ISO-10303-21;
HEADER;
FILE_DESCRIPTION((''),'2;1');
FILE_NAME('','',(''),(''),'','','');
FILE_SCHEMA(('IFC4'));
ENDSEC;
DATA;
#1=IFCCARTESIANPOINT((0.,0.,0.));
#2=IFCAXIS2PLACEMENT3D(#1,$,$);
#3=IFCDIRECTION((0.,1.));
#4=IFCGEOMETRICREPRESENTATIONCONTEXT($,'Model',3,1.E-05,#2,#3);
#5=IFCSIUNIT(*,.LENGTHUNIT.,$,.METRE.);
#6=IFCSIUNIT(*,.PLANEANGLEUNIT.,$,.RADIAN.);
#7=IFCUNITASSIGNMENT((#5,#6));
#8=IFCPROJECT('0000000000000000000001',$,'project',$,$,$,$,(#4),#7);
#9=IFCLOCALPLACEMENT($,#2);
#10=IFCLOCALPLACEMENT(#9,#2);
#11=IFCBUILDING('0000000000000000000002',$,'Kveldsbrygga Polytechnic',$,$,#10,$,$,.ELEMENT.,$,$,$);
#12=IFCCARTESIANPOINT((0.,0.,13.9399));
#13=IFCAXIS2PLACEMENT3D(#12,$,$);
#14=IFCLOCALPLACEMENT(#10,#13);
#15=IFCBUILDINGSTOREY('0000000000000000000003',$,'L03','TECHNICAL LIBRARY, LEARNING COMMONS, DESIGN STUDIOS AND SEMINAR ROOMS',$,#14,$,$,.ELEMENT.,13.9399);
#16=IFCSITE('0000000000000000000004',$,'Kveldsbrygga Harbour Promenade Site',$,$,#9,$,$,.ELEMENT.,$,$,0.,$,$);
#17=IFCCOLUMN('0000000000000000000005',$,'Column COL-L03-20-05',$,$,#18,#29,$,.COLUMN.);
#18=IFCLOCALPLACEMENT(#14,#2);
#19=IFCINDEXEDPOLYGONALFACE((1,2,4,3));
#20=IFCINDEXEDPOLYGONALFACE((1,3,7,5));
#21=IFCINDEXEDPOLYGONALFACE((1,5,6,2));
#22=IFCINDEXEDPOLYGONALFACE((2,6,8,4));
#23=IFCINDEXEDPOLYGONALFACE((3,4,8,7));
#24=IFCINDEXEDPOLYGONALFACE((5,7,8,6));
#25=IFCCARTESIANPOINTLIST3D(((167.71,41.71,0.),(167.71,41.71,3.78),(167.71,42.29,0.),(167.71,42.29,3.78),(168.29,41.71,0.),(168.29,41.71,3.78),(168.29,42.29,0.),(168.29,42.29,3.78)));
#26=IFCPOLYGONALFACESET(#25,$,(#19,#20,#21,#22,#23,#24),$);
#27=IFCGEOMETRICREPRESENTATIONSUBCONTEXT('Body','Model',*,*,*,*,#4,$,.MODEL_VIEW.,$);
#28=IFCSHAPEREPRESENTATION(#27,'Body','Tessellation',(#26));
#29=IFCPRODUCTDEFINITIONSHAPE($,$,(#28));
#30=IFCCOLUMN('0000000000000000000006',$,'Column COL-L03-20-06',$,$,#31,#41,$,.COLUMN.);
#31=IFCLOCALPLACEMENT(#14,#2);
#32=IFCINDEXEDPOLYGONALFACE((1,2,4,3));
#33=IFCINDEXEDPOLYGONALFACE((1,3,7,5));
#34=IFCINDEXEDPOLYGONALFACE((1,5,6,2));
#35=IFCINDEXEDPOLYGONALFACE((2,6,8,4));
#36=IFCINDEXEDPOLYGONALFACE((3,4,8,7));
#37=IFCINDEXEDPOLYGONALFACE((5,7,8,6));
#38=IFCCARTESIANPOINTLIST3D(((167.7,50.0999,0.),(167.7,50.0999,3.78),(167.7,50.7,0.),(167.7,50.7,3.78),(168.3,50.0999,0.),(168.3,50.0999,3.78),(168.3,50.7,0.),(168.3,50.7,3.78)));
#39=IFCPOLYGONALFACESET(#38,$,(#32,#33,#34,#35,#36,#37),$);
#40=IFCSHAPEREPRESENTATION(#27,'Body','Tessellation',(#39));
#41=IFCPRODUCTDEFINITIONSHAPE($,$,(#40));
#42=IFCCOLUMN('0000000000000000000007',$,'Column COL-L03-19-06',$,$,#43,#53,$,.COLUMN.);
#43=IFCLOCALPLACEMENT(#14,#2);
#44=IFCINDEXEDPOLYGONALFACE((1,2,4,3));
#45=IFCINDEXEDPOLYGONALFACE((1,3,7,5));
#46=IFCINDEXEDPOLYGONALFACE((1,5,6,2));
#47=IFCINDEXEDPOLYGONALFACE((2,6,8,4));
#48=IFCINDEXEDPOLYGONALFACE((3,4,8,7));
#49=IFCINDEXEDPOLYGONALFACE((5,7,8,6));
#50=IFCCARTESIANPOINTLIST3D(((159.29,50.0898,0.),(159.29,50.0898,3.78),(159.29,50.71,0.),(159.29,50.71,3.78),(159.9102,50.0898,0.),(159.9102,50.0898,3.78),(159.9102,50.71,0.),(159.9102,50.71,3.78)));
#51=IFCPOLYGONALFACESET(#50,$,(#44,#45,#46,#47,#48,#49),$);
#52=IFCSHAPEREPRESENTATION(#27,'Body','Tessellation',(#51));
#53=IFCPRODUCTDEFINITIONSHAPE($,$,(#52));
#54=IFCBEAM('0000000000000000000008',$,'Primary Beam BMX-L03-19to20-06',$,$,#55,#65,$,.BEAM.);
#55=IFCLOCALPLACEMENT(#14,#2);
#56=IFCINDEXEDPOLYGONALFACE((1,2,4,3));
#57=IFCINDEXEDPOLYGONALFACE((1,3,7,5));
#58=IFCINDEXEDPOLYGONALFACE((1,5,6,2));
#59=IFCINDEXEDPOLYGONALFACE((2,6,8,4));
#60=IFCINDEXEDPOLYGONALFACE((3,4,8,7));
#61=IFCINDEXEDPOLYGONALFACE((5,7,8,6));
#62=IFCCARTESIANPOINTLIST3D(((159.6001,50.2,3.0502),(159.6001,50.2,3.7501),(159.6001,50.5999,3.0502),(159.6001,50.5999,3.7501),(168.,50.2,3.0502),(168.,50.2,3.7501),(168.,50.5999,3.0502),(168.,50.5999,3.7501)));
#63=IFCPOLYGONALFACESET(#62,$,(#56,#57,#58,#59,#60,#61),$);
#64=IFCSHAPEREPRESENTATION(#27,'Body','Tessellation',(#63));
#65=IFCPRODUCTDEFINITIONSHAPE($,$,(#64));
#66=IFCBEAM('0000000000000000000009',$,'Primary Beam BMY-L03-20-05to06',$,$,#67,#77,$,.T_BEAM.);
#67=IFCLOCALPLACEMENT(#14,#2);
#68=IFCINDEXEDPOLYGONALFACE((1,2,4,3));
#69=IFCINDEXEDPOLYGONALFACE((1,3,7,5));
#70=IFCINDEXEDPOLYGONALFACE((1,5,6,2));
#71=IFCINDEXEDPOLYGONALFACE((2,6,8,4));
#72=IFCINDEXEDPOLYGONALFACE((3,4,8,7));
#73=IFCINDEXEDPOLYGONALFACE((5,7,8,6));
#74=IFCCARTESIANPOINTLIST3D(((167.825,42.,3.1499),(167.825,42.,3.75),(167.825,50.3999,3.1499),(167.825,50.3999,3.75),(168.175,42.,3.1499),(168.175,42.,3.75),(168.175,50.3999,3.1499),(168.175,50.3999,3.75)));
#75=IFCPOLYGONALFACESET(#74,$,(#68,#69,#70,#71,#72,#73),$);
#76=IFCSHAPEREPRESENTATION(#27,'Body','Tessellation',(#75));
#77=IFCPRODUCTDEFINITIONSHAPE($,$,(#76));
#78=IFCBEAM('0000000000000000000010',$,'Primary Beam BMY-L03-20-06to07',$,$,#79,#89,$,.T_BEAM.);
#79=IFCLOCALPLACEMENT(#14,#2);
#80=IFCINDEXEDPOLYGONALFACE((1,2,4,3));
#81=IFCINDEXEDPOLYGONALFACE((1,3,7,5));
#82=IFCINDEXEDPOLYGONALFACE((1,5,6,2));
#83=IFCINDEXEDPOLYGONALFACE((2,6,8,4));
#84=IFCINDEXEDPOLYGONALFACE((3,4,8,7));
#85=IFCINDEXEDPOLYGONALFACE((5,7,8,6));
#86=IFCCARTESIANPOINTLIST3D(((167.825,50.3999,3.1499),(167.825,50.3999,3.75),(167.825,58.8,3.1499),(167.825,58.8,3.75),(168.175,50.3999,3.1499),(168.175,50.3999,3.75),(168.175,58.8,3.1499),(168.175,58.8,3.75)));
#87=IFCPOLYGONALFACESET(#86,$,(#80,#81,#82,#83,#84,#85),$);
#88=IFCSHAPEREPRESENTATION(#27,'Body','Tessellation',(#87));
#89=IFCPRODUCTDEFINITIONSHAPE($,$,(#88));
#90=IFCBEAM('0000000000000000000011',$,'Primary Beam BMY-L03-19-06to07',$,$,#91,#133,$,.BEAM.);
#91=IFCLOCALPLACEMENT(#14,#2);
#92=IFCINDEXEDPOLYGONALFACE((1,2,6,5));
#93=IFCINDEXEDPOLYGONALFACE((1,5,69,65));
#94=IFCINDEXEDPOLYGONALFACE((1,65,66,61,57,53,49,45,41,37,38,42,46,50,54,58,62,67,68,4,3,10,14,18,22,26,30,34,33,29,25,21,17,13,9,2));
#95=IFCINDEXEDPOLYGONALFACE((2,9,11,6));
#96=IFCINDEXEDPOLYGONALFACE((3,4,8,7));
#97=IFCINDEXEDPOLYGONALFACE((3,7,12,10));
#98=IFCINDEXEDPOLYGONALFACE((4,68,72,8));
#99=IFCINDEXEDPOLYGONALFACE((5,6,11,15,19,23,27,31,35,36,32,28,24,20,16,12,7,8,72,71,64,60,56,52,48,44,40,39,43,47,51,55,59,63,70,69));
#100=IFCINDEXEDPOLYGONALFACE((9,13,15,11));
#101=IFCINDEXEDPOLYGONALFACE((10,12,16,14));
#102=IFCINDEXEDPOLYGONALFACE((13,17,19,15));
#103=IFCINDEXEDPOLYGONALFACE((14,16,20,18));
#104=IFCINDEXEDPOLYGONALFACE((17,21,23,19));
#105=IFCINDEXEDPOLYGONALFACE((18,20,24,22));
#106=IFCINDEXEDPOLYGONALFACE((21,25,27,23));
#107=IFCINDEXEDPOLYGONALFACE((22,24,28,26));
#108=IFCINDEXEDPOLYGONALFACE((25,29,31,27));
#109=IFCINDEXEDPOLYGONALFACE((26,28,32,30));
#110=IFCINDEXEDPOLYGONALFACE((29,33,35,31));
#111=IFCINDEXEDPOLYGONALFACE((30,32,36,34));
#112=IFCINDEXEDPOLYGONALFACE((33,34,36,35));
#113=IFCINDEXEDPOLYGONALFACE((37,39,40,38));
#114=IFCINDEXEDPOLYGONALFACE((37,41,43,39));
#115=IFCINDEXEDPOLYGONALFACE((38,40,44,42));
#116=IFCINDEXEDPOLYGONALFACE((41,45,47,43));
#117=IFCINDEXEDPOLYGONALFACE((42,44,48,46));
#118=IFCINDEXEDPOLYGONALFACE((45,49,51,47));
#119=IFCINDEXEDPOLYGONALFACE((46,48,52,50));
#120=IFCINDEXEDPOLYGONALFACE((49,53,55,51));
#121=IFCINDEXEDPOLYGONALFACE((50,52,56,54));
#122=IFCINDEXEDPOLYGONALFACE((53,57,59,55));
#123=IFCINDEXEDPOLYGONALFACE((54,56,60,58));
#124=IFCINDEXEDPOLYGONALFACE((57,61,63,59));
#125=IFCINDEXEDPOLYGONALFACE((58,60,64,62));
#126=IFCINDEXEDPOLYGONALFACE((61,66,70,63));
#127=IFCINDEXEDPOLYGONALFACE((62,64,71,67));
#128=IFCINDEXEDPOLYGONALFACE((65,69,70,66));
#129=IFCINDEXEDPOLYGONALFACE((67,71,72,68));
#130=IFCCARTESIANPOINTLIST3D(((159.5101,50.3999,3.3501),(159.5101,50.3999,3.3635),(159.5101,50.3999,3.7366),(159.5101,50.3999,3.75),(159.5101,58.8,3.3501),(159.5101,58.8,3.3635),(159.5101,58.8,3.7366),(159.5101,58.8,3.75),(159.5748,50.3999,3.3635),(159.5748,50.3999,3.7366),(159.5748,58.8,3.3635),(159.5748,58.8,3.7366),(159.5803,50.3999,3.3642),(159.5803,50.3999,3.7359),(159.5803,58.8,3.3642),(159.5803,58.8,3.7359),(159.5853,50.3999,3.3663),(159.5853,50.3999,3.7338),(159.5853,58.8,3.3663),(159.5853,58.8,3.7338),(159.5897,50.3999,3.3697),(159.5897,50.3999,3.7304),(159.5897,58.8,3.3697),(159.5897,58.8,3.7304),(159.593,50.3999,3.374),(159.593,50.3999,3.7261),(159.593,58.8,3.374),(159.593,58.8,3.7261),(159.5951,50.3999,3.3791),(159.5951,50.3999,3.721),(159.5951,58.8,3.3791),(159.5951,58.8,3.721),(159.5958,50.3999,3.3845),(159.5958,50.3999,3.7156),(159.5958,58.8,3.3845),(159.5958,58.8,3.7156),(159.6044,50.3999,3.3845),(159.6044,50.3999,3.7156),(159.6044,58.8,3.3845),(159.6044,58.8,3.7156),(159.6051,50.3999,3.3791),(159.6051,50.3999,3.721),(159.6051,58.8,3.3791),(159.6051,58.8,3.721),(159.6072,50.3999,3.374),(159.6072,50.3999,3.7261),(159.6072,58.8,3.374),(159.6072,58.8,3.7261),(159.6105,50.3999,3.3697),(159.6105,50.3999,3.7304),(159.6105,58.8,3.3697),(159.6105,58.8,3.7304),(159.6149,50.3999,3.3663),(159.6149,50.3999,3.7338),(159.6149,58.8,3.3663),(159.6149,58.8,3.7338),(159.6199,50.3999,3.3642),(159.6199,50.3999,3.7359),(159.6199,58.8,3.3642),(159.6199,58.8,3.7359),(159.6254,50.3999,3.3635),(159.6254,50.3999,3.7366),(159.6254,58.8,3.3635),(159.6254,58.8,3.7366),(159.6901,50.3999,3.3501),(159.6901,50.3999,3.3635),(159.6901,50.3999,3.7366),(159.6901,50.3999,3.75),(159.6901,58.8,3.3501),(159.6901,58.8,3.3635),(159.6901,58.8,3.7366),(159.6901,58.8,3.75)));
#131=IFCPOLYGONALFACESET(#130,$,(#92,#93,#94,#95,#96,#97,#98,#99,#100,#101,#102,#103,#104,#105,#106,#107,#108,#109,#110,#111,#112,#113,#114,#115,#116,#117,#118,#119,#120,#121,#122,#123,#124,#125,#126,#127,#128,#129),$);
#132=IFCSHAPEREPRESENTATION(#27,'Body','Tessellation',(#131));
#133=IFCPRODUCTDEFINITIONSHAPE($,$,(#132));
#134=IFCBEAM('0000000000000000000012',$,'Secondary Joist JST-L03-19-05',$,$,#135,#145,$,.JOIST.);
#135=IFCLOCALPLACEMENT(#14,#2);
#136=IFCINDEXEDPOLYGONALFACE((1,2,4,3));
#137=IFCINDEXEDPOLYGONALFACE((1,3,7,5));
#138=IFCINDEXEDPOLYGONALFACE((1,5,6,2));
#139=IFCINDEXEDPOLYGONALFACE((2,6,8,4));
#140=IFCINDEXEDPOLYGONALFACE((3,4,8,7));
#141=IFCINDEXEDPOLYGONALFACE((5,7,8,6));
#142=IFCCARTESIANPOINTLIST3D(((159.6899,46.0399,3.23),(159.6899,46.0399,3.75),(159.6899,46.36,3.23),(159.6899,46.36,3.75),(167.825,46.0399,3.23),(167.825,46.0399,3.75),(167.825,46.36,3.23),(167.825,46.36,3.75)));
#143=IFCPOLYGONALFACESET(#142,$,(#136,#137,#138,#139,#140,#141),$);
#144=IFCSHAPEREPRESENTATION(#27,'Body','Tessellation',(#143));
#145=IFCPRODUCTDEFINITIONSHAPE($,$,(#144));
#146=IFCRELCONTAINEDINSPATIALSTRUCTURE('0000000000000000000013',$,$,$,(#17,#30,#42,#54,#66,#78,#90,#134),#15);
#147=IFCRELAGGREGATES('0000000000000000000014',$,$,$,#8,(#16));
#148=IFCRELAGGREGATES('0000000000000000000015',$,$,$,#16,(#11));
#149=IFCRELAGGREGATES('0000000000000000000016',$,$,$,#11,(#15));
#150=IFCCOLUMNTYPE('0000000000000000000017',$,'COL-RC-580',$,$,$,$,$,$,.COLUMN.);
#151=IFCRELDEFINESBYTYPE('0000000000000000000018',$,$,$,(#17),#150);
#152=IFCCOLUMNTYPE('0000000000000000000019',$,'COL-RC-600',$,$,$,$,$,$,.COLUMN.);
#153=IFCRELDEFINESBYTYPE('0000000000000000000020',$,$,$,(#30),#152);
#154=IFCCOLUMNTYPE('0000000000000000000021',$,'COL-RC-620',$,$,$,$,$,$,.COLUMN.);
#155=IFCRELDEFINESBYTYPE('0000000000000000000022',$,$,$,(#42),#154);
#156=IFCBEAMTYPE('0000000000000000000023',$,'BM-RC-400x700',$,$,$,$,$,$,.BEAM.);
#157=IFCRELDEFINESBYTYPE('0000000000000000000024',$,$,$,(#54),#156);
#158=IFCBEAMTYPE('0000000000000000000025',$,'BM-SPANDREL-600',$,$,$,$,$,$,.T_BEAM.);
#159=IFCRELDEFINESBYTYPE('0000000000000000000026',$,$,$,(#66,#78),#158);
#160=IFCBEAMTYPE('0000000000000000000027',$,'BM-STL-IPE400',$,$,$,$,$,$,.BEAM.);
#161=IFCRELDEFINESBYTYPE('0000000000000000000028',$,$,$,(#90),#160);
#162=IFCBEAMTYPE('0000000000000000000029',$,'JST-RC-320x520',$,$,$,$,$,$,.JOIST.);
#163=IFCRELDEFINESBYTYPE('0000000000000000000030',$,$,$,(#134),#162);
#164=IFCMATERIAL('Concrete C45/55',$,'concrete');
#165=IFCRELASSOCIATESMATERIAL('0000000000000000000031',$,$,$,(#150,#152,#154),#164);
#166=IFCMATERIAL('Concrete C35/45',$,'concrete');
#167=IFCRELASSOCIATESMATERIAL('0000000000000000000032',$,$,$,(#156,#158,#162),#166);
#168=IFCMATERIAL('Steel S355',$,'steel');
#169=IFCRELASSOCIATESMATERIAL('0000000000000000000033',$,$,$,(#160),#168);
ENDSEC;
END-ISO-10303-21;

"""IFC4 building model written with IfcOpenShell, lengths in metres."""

from ifc_helpers import new_model, si_unit, direction, frame, origin, origin_2d, place, context, subcontext, project, spatial, rectangle, i_section, extrude, material, material_profile, profile_set, type_object, element, save


model = new_model("IFC4")

# Units and contexts
model_context = context("Model", 3, precision=1e-05, world=origin(), true_north=direction((0.0, 1.0)))
body_context = subcontext(model_context, "Body", "Model", "MODEL_VIEW")
ifc_project = project(units=[si_unit("LENGTHUNIT", "METRE"), si_unit("PLANEANGLEUNIT", "RADIAN")], contexts=[model_context])

# Site, building, storey
site_placement = place(None, origin())
site = spatial("IfcSite", under=ifc_project, at=site_placement, Name="Kveldsbrygga Harbour Promenade Site", CompositionType="ELEMENT", RefElevation=0.0)
building_placement = place(site_placement, origin())
building = spatial("IfcBuilding", under=site, at=building_placement, Name="Kveldsbrygga Polytechnic", CompositionType="ELEMENT")
storey_placement = place(building_placement, frame((0.0, 0.0, 13.9399)))
storey = spatial("IfcBuildingStorey", under=building, at=storey_placement, Name="L03", Description="TECHNICAL LIBRARY, LEARNING COMMONS, DESIGN STUDIOS AND SEMINAR ROOMS", CompositionType="ELEMENT", Elevation=13.9399)

# Columns
ifc_material_1 = material(Name="Concrete C45/55", Category="concrete")
ifc_material_profile_1 = material_profile(ifc_material_1, rectangle(XDim=0.5801, YDim=0.5801, at=origin_2d()), Name="RC 580x580")
ifc_profile_set_1 = profile_set([ifc_material_profile_1], Name="Concrete C45/55")
column_type_1 = type_object("IfcColumnType", Name="COL-RC-580", PredefinedType="COLUMN", material=ifc_profile_set_1)
column_1_placement = place(storey_placement, frame((168.0, 42.0, 0.0), z_axis=(0.0, 0.0, 1.0), x_axis=(1.0, 0.0, 0.0)))
element("IfcColumn", 1, at=column_1_placement, inside=storey, type_object=column_type_1, Name="Column COL-L03-20-05", PredefinedType="COLUMN", context=body_context, shape_type="SweptSolid", body=[
    extrude(rectangle(XDim=0.5801, YDim=0.5801, at=origin_2d()), origin(), (0.0, 0.0, 1.0), 3.78),
])
ifc_material_profile_2 = material_profile(ifc_material_1, rectangle(XDim=0.6001, YDim=0.6001, at=origin_2d()), Name="RC 600x600")
ifc_profile_set_2 = profile_set([ifc_material_profile_2], Name="Concrete C45/55")
column_type_2 = type_object("IfcColumnType", Name="COL-RC-600", PredefinedType="COLUMN", material=ifc_profile_set_2)
column_2_placement = place(storey_placement, frame((168.0, 50.3999, 0.0), z_axis=(0.0, 0.0, 1.0), x_axis=(1.0, 0.0, 0.0)))
element("IfcColumn", 2, at=column_2_placement, inside=storey, type_object=column_type_2, Name="Column COL-L03-20-06", PredefinedType="COLUMN", context=body_context, shape_type="SweptSolid", body=[
    extrude(rectangle(XDim=0.6001, YDim=0.6001, at=origin_2d()), origin(), (0.0, 0.0, 1.0), 3.78),
])
ifc_material_profile_3 = material_profile(ifc_material_1, rectangle(XDim=0.6201, YDim=0.6201, at=origin_2d()), Name="RC 620x620")
ifc_profile_set_3 = profile_set([ifc_material_profile_3], Name="Concrete C45/55")
column_type_3 = type_object("IfcColumnType", Name="COL-RC-620", PredefinedType="COLUMN", material=ifc_profile_set_3)
column_3_placement = place(storey_placement, frame((159.6001, 50.3999, 0.0), z_axis=(0.0, 0.0, 1.0), x_axis=(1.0, 0.0, 0.0)))
element("IfcColumn", 3, at=column_3_placement, inside=storey, type_object=column_type_3, Name="Column COL-L03-19-06", PredefinedType="COLUMN", context=body_context, shape_type="SweptSolid", body=[
    extrude(rectangle(XDim=0.6201, YDim=0.6201, at=origin_2d()), origin(), (0.0, 0.0, 1.0), 3.78),
])

# Beams
ifc_material_2 = material(Name="Concrete C35/45", Category="concrete")
ifc_material_profile_4 = material_profile(ifc_material_2, rectangle(XDim=0.3999, YDim=0.7, at=origin_2d()), Name="RC 400x700")
ifc_profile_set_4 = profile_set([ifc_material_profile_4], Name="Concrete C35/45")
beam_type_1 = type_object("IfcBeamType", Name="BM-RC-400x700", PredefinedType="BEAM", material=ifc_profile_set_4)
beam_1_placement = place(storey_placement, frame((159.6001, 50.3999, 3.4001), z_axis=(1.0, 0.0, 0.0), x_axis=(0.0, 1.0, 0.0)))
element("IfcBeam", 4, at=beam_1_placement, inside=storey, type_object=beam_type_1, Name="Primary Beam BMX-L03-19to20-06", PredefinedType="BEAM", context=body_context, shape_type="SweptSolid", body=[
    extrude(rectangle(XDim=0.3999, YDim=0.7, at=origin_2d()), origin(), (0.0, 0.0, 1.0), 8.3999),
])
ifc_material_profile_5 = material_profile(ifc_material_2, rectangle(XDim=0.3501, YDim=0.6001, at=origin_2d()), Name="RC 350x600")
ifc_profile_set_5 = profile_set([ifc_material_profile_5], Name="Concrete C35/45")
beam_type_2 = type_object("IfcBeamType", Name="BM-SPANDREL-600", PredefinedType="T_BEAM", material=ifc_profile_set_5)
beam_2_placement = place(storey_placement, frame((168.0, 42.0, 3.45), z_axis=(0.0, 1.0, 0.0), x_axis=(-1.0, 0.0, 0.0)))
element("IfcBeam", 5, at=beam_2_placement, inside=storey, type_object=beam_type_2, Name="Primary Beam BMY-L03-20-05to06", PredefinedType="T_BEAM", context=body_context, shape_type="SweptSolid", body=[
    extrude(rectangle(XDim=0.3501, YDim=0.6001, at=origin_2d()), origin(), (0.0, 0.0, 1.0), 8.3999),
])
beam_3_placement = place(storey_placement, frame((168.0, 50.3999, 3.45), z_axis=(0.0, 1.0, 0.0), x_axis=(-1.0, 0.0, 0.0)))
element("IfcBeam", 6, at=beam_3_placement, inside=storey, type_object=beam_type_2, Name="Primary Beam BMY-L03-20-06to07", PredefinedType="T_BEAM", context=body_context, shape_type="SweptSolid", body=[
    extrude(rectangle(XDim=0.3501, YDim=0.6001, at=origin_2d()), origin(), (0.0, 0.0, 1.0), 8.4001),
])
ifc_material_3 = material(Name="Steel S355", Category="steel")
ifc_material_profile_6 = material_profile(ifc_material_3, i_section(OverallWidth=0.1799, OverallDepth=0.3999, WebThickness=0.0085, FlangeThickness=0.0134, FilletRadius=0.021, at=origin_2d()), Name="IPE 400")
ifc_profile_set_6 = profile_set([ifc_material_profile_6], Name="Steel S355")
beam_type_3 = type_object("IfcBeamType", Name="BM-STL-IPE400", PredefinedType="BEAM", material=ifc_profile_set_6)
beam_4_placement = place(storey_placement, frame((159.6001, 50.3999, 3.55), z_axis=(0.0, 1.0, 0.0), x_axis=(-1.0, 0.0, 0.0)))
element("IfcBeam", 7, at=beam_4_placement, inside=storey, type_object=beam_type_3, Name="Primary Beam BMY-L03-19-06to07", PredefinedType="BEAM", context=body_context, shape_type="SweptSolid", body=[
    extrude(i_section(OverallWidth=0.1799, OverallDepth=0.3999, WebThickness=0.0085, FlangeThickness=0.0134, FilletRadius=0.021, at=origin_2d()), origin(), (0.0, 0.0, 1.0), 8.4001),
])
ifc_material_profile_7 = material_profile(ifc_material_2, rectangle(XDim=0.3201, YDim=0.52, at=origin_2d()), Name="RC 320x520")
ifc_profile_set_7 = profile_set([ifc_material_profile_7], Name="Concrete C35/45")
beam_type_4 = type_object("IfcBeamType", Name="JST-RC-320x520", PredefinedType="JOIST", material=ifc_profile_set_7)
beam_5_placement = place(storey_placement, frame((159.6899, 46.2, 3.49), z_axis=(1.0, 0.0, 0.0), x_axis=(0.0, 1.0, 0.0)))
element("IfcBeam", 8, at=beam_5_placement, inside=storey, type_object=beam_type_4, Name="Secondary Joist JST-L03-19-05", PredefinedType="JOIST", context=body_context, shape_type="SweptSolid", body=[
    extrude(rectangle(XDim=0.3201, YDim=0.52, at=origin_2d()), origin(), (0.0, 0.0, 1.0), 8.135),
])

save(model, "model.ifc")
